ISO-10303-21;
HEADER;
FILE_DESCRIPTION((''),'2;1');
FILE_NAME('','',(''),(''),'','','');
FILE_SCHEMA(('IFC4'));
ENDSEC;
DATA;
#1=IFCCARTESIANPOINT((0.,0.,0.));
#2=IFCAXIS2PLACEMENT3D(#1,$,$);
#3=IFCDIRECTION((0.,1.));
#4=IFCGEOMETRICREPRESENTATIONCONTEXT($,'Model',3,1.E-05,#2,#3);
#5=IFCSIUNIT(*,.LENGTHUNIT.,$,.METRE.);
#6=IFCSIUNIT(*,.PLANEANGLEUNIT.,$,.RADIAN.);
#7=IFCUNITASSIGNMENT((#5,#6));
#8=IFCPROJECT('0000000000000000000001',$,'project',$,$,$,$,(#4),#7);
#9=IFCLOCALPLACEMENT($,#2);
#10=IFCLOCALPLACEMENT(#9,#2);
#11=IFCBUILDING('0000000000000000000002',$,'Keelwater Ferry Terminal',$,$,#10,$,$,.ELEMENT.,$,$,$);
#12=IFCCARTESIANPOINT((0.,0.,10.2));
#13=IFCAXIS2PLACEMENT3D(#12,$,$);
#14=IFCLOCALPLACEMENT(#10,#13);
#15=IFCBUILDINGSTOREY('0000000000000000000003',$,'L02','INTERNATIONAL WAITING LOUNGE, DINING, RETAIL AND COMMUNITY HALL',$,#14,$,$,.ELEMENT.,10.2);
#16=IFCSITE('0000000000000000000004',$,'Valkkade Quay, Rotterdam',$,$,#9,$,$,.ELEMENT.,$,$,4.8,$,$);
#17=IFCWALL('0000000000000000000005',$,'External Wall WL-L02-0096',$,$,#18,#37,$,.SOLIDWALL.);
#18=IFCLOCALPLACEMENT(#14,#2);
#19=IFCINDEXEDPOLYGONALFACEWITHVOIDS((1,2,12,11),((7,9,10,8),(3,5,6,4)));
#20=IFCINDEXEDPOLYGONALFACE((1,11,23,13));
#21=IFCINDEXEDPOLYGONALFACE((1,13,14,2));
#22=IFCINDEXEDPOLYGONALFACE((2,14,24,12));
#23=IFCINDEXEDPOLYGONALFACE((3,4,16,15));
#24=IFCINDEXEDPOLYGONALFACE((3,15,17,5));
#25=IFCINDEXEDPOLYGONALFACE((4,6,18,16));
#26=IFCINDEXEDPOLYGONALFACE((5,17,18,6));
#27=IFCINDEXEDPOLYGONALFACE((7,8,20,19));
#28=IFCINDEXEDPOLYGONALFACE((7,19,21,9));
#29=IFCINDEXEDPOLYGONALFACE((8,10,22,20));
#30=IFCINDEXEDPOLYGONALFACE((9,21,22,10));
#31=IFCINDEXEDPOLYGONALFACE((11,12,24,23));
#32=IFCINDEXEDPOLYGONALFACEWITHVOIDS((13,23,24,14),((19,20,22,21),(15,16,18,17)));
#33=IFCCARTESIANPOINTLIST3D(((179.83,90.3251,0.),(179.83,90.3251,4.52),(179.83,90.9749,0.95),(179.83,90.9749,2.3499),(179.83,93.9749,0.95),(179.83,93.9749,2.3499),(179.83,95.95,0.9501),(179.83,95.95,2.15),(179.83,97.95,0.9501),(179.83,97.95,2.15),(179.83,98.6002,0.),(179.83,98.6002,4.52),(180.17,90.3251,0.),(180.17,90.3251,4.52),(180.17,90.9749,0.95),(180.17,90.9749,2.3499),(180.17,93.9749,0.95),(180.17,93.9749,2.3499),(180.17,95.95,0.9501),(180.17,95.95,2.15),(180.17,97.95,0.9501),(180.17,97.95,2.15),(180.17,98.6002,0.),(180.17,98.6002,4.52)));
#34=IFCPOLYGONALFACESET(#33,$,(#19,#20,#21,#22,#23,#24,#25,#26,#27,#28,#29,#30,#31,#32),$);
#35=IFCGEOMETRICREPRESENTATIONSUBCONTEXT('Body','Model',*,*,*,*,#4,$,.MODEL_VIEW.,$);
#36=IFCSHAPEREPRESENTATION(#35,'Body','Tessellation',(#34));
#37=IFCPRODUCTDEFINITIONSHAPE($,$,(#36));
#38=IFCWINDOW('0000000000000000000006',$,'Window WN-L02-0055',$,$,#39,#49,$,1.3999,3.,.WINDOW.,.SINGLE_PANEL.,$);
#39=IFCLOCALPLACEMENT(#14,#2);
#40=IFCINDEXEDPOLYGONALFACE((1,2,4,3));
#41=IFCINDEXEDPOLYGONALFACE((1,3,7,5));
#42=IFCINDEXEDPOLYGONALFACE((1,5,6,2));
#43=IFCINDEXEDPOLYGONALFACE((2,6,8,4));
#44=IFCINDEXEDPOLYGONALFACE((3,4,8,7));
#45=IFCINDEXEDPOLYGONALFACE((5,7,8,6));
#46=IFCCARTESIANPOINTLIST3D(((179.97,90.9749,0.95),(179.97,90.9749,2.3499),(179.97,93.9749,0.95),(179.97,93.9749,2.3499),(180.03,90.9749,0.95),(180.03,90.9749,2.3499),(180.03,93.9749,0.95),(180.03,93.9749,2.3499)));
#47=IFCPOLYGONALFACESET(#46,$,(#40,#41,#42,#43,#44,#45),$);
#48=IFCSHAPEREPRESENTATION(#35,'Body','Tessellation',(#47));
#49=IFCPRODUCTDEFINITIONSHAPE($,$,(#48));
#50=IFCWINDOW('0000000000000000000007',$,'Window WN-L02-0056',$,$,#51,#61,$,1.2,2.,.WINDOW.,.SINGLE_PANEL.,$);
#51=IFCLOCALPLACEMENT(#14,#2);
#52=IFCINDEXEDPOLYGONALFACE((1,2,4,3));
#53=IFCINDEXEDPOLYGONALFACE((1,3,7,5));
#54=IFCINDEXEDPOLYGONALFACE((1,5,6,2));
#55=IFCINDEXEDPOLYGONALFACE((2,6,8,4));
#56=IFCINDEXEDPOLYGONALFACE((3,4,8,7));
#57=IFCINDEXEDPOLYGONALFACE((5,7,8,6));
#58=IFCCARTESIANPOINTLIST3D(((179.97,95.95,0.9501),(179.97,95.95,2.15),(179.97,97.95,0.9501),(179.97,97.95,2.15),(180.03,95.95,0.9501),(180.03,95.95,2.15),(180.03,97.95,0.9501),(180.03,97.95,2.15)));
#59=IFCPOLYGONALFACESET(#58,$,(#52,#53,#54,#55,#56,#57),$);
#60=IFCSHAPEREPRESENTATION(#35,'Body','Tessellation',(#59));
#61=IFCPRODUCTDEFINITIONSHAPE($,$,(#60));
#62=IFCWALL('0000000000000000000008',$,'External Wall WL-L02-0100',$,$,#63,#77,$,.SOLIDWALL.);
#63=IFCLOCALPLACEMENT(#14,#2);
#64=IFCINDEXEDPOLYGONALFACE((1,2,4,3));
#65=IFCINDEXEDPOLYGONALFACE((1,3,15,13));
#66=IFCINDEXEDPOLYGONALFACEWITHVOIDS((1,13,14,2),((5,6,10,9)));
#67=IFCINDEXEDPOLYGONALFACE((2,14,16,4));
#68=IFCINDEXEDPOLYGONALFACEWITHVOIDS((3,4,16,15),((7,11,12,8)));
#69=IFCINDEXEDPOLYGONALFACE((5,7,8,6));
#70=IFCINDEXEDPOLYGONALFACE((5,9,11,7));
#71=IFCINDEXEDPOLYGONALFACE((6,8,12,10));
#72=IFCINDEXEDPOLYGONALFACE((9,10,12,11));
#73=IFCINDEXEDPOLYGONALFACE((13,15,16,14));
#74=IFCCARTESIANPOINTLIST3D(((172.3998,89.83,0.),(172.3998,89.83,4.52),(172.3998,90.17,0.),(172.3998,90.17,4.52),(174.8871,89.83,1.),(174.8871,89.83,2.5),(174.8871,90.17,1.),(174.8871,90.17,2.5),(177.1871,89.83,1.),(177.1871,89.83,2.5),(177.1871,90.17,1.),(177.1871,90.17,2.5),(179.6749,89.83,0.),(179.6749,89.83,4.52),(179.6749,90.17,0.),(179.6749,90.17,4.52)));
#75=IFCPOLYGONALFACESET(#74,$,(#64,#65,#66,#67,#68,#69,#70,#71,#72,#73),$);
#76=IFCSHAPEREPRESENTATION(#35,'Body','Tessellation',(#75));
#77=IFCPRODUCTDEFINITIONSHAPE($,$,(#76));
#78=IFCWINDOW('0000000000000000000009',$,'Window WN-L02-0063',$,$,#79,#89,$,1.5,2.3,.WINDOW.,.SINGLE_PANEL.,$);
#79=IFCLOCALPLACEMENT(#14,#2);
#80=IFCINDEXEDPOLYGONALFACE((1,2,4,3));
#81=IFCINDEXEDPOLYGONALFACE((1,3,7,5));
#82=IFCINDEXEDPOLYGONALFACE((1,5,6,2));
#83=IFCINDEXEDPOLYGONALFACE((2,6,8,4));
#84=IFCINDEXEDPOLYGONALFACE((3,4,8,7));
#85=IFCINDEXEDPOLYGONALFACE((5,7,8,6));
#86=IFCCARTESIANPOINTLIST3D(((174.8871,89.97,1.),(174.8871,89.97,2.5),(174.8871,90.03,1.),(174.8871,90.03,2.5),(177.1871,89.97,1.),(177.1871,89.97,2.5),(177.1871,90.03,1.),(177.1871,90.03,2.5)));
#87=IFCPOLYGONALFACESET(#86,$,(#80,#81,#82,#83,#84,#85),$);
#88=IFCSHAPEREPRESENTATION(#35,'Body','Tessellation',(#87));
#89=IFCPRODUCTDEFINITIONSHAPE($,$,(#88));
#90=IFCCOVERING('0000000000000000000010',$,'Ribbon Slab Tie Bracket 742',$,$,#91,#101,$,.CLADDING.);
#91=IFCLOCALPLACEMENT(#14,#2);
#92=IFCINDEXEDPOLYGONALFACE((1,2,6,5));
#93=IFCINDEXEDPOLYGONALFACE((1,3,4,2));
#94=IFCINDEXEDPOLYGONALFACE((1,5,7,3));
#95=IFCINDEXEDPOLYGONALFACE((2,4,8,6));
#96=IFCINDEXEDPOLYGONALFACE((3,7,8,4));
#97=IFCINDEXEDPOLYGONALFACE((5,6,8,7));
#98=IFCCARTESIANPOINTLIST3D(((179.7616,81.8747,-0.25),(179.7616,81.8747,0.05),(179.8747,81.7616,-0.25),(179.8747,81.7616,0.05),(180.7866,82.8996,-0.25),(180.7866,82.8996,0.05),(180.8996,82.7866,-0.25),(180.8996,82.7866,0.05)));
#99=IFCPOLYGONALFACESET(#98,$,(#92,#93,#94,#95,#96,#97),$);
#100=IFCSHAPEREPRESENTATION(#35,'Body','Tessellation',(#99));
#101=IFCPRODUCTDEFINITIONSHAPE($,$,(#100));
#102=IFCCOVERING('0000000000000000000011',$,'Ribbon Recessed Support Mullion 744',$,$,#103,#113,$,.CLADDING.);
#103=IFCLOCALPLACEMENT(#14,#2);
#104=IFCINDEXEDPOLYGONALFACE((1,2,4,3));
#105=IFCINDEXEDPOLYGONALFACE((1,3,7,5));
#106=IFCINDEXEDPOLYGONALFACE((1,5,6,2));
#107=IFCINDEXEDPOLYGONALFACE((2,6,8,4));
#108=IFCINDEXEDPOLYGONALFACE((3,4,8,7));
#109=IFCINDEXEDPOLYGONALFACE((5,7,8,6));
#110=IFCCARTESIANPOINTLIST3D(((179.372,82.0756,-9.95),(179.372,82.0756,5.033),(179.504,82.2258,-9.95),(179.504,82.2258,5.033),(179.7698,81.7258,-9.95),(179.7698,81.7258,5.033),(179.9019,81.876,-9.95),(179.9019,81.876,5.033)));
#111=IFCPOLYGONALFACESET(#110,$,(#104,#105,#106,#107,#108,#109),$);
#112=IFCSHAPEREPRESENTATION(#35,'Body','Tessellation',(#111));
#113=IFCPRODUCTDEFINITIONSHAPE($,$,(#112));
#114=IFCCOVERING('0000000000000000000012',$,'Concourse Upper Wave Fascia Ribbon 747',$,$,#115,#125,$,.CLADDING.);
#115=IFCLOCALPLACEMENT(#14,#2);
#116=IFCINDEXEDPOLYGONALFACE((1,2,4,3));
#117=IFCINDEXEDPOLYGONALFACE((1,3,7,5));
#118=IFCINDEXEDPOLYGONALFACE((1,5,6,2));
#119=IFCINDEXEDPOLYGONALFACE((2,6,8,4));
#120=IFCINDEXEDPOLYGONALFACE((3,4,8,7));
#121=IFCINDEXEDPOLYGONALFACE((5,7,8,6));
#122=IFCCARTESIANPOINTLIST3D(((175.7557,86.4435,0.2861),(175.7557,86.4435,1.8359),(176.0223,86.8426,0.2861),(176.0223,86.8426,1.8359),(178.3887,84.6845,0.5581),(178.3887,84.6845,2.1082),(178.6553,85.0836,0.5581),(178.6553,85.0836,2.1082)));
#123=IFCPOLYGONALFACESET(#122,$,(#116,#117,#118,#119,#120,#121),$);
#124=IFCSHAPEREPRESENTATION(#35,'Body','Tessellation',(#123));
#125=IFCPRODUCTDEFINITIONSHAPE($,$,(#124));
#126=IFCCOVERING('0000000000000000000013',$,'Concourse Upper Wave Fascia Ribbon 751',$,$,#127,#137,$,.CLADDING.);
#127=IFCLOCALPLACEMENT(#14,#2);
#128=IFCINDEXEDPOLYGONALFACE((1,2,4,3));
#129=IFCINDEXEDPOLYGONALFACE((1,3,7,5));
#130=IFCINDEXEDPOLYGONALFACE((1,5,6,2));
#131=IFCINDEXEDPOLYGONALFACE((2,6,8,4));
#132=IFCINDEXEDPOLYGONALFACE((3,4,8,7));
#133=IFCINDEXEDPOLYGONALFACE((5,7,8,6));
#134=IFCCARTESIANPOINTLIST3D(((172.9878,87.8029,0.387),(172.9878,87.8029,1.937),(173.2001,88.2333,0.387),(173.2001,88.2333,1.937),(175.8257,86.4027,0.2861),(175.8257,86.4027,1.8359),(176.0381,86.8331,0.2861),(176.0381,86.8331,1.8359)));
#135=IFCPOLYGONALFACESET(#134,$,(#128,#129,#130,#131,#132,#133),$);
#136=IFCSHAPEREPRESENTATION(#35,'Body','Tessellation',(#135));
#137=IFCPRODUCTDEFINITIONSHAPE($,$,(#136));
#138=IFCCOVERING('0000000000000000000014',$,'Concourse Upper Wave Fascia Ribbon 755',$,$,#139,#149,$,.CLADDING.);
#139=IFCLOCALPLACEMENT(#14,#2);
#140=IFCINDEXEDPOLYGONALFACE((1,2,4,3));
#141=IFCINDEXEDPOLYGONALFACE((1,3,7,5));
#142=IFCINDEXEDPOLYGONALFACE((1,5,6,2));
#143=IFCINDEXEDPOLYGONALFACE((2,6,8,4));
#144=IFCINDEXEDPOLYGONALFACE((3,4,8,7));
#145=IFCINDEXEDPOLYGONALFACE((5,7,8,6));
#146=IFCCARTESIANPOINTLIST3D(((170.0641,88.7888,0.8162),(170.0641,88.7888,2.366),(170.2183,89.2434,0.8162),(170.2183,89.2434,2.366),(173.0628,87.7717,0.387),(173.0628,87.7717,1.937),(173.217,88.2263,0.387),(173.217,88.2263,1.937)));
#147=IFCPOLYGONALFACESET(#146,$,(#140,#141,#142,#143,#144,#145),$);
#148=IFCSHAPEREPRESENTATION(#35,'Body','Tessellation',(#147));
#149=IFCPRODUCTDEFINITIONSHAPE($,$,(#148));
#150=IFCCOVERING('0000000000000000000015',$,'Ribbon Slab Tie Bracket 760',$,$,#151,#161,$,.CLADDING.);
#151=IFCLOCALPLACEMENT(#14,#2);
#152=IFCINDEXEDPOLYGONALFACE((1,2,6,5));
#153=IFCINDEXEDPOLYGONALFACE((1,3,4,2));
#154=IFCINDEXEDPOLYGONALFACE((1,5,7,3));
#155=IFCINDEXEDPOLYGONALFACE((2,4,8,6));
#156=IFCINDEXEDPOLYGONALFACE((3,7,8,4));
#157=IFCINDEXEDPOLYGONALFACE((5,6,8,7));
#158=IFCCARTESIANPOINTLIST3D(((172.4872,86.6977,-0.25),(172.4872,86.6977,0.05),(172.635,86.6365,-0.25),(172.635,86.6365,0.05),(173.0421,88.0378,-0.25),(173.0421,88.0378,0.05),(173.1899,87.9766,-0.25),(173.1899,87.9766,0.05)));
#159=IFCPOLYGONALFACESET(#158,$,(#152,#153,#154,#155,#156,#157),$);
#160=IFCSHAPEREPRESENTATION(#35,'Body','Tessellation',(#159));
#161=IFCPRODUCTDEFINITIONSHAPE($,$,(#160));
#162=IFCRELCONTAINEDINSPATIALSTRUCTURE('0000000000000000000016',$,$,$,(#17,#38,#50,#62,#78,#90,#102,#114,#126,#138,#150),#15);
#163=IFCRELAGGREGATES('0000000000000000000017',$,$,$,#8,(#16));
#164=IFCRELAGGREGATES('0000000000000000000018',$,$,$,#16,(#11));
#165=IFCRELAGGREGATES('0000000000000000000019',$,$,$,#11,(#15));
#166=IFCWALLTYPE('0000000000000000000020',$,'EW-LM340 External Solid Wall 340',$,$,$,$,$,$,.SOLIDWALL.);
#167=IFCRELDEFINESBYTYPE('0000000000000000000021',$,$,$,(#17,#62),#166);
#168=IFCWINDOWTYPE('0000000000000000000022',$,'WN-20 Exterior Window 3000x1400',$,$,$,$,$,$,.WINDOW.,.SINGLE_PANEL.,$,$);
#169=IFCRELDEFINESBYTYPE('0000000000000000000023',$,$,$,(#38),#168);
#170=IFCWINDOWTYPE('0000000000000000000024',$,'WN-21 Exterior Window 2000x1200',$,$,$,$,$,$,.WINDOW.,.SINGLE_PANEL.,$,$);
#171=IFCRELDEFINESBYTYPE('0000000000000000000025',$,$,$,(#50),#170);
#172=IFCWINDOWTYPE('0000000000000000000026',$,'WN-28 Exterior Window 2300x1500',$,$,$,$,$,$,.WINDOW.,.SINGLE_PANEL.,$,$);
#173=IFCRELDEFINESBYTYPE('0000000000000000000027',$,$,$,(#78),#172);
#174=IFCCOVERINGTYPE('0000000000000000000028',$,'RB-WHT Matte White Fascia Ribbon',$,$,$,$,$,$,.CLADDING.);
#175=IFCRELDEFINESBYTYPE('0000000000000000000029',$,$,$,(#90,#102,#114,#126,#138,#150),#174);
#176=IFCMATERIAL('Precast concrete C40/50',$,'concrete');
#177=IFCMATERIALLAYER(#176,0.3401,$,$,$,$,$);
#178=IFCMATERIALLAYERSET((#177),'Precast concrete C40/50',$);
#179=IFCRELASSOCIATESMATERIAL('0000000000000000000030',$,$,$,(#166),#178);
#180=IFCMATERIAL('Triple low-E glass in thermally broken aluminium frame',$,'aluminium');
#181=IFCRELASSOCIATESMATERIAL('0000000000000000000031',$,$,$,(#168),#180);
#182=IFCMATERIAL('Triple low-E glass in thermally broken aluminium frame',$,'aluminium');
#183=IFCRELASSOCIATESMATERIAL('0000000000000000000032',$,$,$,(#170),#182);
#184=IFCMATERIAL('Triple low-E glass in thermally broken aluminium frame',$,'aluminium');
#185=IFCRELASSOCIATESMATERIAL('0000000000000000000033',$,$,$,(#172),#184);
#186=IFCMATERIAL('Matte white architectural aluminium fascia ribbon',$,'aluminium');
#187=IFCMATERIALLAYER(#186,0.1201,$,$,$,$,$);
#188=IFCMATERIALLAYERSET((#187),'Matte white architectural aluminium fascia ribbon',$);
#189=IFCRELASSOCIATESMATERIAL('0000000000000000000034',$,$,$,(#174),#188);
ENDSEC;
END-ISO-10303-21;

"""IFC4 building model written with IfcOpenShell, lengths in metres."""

from ifc_helpers import new_model, si_unit, direction, frame, frame_2d, origin, place, context, subcontext, project, spatial, polyline, rectangle, outline, extrude, material, layer, layer_set, type_object, element, fill, save


model = new_model("IFC4")

# Units and contexts
model_context = context("Model", 3, precision=1e-05, world=origin(), true_north=direction((0.0, 1.0)))
body_context = subcontext(model_context, "Body", "Model", "MODEL_VIEW")
ifc_project = project(units=[si_unit("LENGTHUNIT", "METRE"), si_unit("PLANEANGLEUNIT", "RADIAN")], contexts=[model_context])

# Site, building, storey
site_placement = place(None, origin())
site = spatial("IfcSite", under=ifc_project, at=site_placement, Name="Valkkade Quay, Rotterdam", CompositionType="ELEMENT", RefElevation=4.8)
building_placement = place(site_placement, origin())
building = spatial("IfcBuilding", under=site, at=building_placement, Name="Keelwater Ferry Terminal", CompositionType="ELEMENT")
storey_placement = place(building_placement, frame((0.0, 0.0, 10.2)))
storey = spatial("IfcBuildingStorey", under=building, at=storey_placement, Name="L02", Description="INTERNATIONAL WAITING LOUNGE, DINING, RETAIL AND COMMUNITY HALL", CompositionType="ELEMENT", Elevation=10.2)

# Wall, openings, windows
ifc_material_1 = material(Name="Precast concrete C40/50", Category="concrete")
ifc_layer_1 = layer(ifc_material_1, 0.3401)
ifc_layer_set_1 = layer_set([ifc_layer_1], Name="Precast concrete C40/50")
wall_type = type_object("IfcWallType", Name="EW-LM340 External Solid Wall 340", PredefinedType="SOLIDWALL", material=ifc_layer_set_1)
wall_1_placement = place(storey_placement, frame((180.0, 90.325, 0.0), z_axis=(0.0, 0.0, 1.0), x_axis=(0.0, 1.0, 0.0)))
wall_1 = element("IfcWall", 1, at=wall_1_placement, inside=storey, type_object=wall_type, Name="External Wall WL-L02-0096", PredefinedType="SOLIDWALL", context=body_context, shape_type="SweptSolid", body=[
    extrude(rectangle(XDim=8.2751, YDim=0.3401, at=frame_2d((4.1377, 0.0))), origin(), (0.0, 0.0, 1.0), 4.52),
])
opening_1_placement = place(wall_1_placement, frame((0.6499, 0.0, 0.95)))
opening_1 = element("IfcOpeningElement", 2, at=opening_1_placement, cuts=wall_1, PredefinedType="OPENING", context=body_context, shape_type="SweptSolid", body=[
    extrude(rectangle(XDim=3.0, YDim=1.3999, at=frame_2d((1.5, 0.7))), frame((0.0, 0.1799, 0.0), z_axis=(0.0, -1.0, 0.0), x_axis=(1.0, 0.0, 0.0)), (0.0, 0.0, 1.0), 0.3601),
])
opening_2_placement = place(wall_1_placement, frame((5.625, 0.0, 0.95)))
opening_2 = element("IfcOpeningElement", 3, at=opening_2_placement, cuts=wall_1, PredefinedType="OPENING", context=body_context, shape_type="SweptSolid", body=[
    extrude(rectangle(XDim=2.0, YDim=1.2, at=frame_2d((1.0, 0.6001))), frame((0.0, 0.1799, 0.0), z_axis=(0.0, -1.0, 0.0), x_axis=(1.0, 0.0, 0.0)), (0.0, 0.0, 1.0), 0.3601),
])
ifc_material_2 = material(Name="Triple low-E glass in thermally broken aluminium frame", Category="aluminium")
window_type_1 = type_object("IfcWindowType", Name="WN-20 Exterior Window 3000x1400", PartitioningType="SINGLE_PANEL", PredefinedType="WINDOW", material=ifc_material_2)
window_1_placement = place(opening_1_placement, origin())
window_1 = element("IfcWindow", 4, at=window_1_placement, inside=storey, type_object=window_type_1, Name="Window WN-L02-0055", OverallHeight=1.3999, OverallWidth=3.0, PartitioningType="SINGLE_PANEL", PredefinedType="WINDOW", context=body_context, shape_type="SweptSolid", body=[
    extrude(rectangle(XDim=3.0, YDim=1.3999, at=frame_2d((1.5, 0.7))), frame((0.0, 0.03, 0.0), z_axis=(0.0, -1.0, 0.0), x_axis=(1.0, 0.0, 0.0)), (0.0, 0.0, 1.0), 0.0601),
])
fill(opening_1, window_1)
ifc_material_3 = material(Name="Triple low-E glass in thermally broken aluminium frame", Category="aluminium")
window_type_2 = type_object("IfcWindowType", Name="WN-21 Exterior Window 2000x1200", PartitioningType="SINGLE_PANEL", PredefinedType="WINDOW", material=ifc_material_3)
window_2_placement = place(opening_2_placement, origin())
window_2 = element("IfcWindow", 5, at=window_2_placement, inside=storey, type_object=window_type_2, Name="Window WN-L02-0056", OverallHeight=1.2, OverallWidth=2.0, PartitioningType="SINGLE_PANEL", PredefinedType="WINDOW", context=body_context, shape_type="SweptSolid", body=[
    extrude(rectangle(XDim=2.0, YDim=1.2, at=frame_2d((1.0, 0.6001))), frame((0.0, 0.03, 0.0), z_axis=(0.0, -1.0, 0.0), x_axis=(1.0, 0.0, 0.0)), (0.0, 0.0, 1.0), 0.0601),
])
fill(opening_2, window_2)

# Wall, opening, window
wall_2_placement = place(storey_placement, frame((179.675, 90.0, 0.0), z_axis=(0.0, 0.0, 1.0), x_axis=(-1.0, 0.0, 0.0)))
wall_2 = element("IfcWall", 6, at=wall_2_placement, inside=storey, type_object=wall_type, Name="External Wall WL-L02-0100", PredefinedType="SOLIDWALL", context=body_context, shape_type="SweptSolid", body=[
    extrude(rectangle(XDim=7.2751, YDim=0.3401, at=frame_2d((3.6377, 0.0))), origin(), (0.0, 0.0, 1.0), 4.52),
])
opening_3_placement = place(wall_2_placement, frame((2.488, 0.0, 1.0)))
opening_3 = element("IfcOpeningElement", 7, at=opening_3_placement, cuts=wall_2, PredefinedType="OPENING", context=body_context, shape_type="SweptSolid", body=[
    extrude(rectangle(XDim=2.3, YDim=1.5, at=frame_2d((1.1499, 0.75))), frame((0.0, 0.1799, 0.0), z_axis=(0.0, -1.0, 0.0), x_axis=(1.0, 0.0, 0.0)), (0.0, 0.0, 1.0), 0.3601),
])
ifc_material_4 = material(Name="Triple low-E glass in thermally broken aluminium frame", Category="aluminium")
window_type_3 = type_object("IfcWindowType", Name="WN-28 Exterior Window 2300x1500", PartitioningType="SINGLE_PANEL", PredefinedType="WINDOW", material=ifc_material_4)
window_3_placement = place(opening_3_placement, origin())
window_3 = element("IfcWindow", 8, at=window_3_placement, inside=storey, type_object=window_type_3, Name="Window WN-L02-0063", OverallHeight=1.5, OverallWidth=2.3, PartitioningType="SINGLE_PANEL", PredefinedType="WINDOW", context=body_context, shape_type="SweptSolid", body=[
    extrude(rectangle(XDim=2.3, YDim=1.5, at=frame_2d((1.1499, 0.75))), frame((0.0, 0.03, 0.0), z_axis=(0.0, -1.0, 0.0), x_axis=(1.0, 0.0, 0.0)), (0.0, 0.0, 1.0), 0.0601),
])
fill(opening_3, window_3)

# Coverings
ifc_material_5 = material(Name="Matte white architectural aluminium fascia ribbon", Category="aluminium")
ifc_layer_2 = layer(ifc_material_5, 0.1201)
ifc_layer_set_2 = layer_set([ifc_layer_2], Name="Matte white architectural aluminium fascia ribbon")
covering_type = type_object("IfcCoveringType", Name="RB-WHT Matte White Fascia Ribbon", PredefinedType="CLADDING", material=ifc_layer_set_2)
covering_1_placement = place(storey_placement, frame((180.843, 82.843, -0.25), z_axis=(0.0, 0.0, 1.0), x_axis=(-0.707107, -0.707107, 0.0)))
element("IfcCovering", 9, at=covering_1_placement, inside=storey, type_object=covering_type, Name="Ribbon Slab Tie Bracket 742", PredefinedType="CLADDING", context=body_context, shape_type="SweptSolid", body=[
    extrude(rectangle(XDim=1.4495, YDim=0.1599, at=frame_2d((0.7246, 0.0))), origin(), (0.0, 0.0, 1.0), 0.3),
])
covering_2_placement = place(storey_placement, frame((179.8359, 81.801, -9.95), z_axis=(0.0, 0.0, 1.0), x_axis=(-0.751033, 0.660264, 0.0)))
element("IfcCovering", 10, at=covering_2_placement, inside=storey, type_object=covering_type, Name="Ribbon Recessed Support Mullion 744", PredefinedType="CLADDING", context=body_context, shape_type="SweptSolid", body=[
    extrude(outline(polyline([(0.0, 0.0), (0.5298, 0.0), (0.5298, 14.9829), (0.0, 14.9829), (0.0, 0.0)])), frame((0.0, 0.1001, 0.0), z_axis=(0.0, -1.0, 0.0), x_axis=(1.0, 0.0, 0.0)), (0.0, 0.0, 1.0), 0.2),
])
covering_3_placement = place(storey_placement, frame((178.522, 84.884, 0.2861), z_axis=(0.0, 0.0, 1.0), x_axis=(-0.831516, 0.555501, 0.0)))
element("IfcCovering", 11, at=covering_3_placement, inside=storey, type_object=covering_type, Name="Concourse Upper Wave Fascia Ribbon 747", PredefinedType="CLADDING", context=body_context, shape_type="SweptSolid", body=[
    extrude(outline(polyline([(0.0, 0.272), (3.1665, 0.0), (3.1665, 1.5498), (0.0, 1.822), (0.0, 0.272)])), frame((0.0, 0.24, 0.0), z_axis=(0.0, -1.0, 0.0), x_axis=(1.0, 0.0, 0.0)), (0.0, 0.0, 1.0), 0.48),
])
covering_4_placement = place(storey_placement, frame((175.9319, 86.6179, 0.2861), z_axis=(0.0, 0.0, 1.0), x_axis=(-0.896791, 0.442455, 0.0)))
element("IfcCovering", 12, at=covering_4_placement, inside=storey, type_object=covering_type, Name="Concourse Upper Wave Fascia Ribbon 751", PredefinedType="CLADDING", context=body_context, shape_type="SweptSolid", body=[
    extrude(outline(polyline([(0.0, 0.0), (3.1646, 0.1008), (3.1646, 1.6509), (0.0, 1.5498), (0.0, 0.0)])), frame((0.0, 0.24, 0.0), z_axis=(0.0, -1.0, 0.0), x_axis=(1.0, 0.0, 0.0)), (0.0, 0.0, 1.0), 0.48),
])
covering_5_placement = place(storey_placement, frame((173.1399, 87.999, 0.387), z_axis=(0.0, 0.0, 1.0), x_axis=(-0.947013, 0.321196, 0.0)))
element("IfcCovering", 13, at=covering_5_placement, inside=storey, type_object=covering_type, Name="Concourse Upper Wave Fascia Ribbon 755", PredefinedType="CLADDING", context=body_context, shape_type="SweptSolid", body=[
    extrude(outline(polyline([(0.0, 0.0), (3.1665, 0.4292), (3.1665, 1.979), (0.0, 1.55), (0.0, 0.0)])), frame((0.0, 0.24, 0.0), z_axis=(0.0, -1.0, 0.0), x_axis=(1.0, 0.0, 0.0)), (0.0, 0.0, 1.0), 0.48),
])
covering_6_placement = place(storey_placement, frame((173.116, 88.0071, -0.25), z_axis=(0.0, 0.0, 1.0), x_axis=(-0.382595, -0.923916, 0.0)))
element("IfcCovering", 14, at=covering_6_placement, inside=storey, type_object=covering_type, Name="Ribbon Slab Tie Bracket 760", PredefinedType="CLADDING", context=body_context, shape_type="SweptSolid", body=[
    extrude(rectangle(XDim=1.4504, YDim=0.1599, at=frame_2d((0.7251, 0.0))), origin(), (0.0, 0.0, 1.0), 0.3),
])

save(model, "model.ifc")
